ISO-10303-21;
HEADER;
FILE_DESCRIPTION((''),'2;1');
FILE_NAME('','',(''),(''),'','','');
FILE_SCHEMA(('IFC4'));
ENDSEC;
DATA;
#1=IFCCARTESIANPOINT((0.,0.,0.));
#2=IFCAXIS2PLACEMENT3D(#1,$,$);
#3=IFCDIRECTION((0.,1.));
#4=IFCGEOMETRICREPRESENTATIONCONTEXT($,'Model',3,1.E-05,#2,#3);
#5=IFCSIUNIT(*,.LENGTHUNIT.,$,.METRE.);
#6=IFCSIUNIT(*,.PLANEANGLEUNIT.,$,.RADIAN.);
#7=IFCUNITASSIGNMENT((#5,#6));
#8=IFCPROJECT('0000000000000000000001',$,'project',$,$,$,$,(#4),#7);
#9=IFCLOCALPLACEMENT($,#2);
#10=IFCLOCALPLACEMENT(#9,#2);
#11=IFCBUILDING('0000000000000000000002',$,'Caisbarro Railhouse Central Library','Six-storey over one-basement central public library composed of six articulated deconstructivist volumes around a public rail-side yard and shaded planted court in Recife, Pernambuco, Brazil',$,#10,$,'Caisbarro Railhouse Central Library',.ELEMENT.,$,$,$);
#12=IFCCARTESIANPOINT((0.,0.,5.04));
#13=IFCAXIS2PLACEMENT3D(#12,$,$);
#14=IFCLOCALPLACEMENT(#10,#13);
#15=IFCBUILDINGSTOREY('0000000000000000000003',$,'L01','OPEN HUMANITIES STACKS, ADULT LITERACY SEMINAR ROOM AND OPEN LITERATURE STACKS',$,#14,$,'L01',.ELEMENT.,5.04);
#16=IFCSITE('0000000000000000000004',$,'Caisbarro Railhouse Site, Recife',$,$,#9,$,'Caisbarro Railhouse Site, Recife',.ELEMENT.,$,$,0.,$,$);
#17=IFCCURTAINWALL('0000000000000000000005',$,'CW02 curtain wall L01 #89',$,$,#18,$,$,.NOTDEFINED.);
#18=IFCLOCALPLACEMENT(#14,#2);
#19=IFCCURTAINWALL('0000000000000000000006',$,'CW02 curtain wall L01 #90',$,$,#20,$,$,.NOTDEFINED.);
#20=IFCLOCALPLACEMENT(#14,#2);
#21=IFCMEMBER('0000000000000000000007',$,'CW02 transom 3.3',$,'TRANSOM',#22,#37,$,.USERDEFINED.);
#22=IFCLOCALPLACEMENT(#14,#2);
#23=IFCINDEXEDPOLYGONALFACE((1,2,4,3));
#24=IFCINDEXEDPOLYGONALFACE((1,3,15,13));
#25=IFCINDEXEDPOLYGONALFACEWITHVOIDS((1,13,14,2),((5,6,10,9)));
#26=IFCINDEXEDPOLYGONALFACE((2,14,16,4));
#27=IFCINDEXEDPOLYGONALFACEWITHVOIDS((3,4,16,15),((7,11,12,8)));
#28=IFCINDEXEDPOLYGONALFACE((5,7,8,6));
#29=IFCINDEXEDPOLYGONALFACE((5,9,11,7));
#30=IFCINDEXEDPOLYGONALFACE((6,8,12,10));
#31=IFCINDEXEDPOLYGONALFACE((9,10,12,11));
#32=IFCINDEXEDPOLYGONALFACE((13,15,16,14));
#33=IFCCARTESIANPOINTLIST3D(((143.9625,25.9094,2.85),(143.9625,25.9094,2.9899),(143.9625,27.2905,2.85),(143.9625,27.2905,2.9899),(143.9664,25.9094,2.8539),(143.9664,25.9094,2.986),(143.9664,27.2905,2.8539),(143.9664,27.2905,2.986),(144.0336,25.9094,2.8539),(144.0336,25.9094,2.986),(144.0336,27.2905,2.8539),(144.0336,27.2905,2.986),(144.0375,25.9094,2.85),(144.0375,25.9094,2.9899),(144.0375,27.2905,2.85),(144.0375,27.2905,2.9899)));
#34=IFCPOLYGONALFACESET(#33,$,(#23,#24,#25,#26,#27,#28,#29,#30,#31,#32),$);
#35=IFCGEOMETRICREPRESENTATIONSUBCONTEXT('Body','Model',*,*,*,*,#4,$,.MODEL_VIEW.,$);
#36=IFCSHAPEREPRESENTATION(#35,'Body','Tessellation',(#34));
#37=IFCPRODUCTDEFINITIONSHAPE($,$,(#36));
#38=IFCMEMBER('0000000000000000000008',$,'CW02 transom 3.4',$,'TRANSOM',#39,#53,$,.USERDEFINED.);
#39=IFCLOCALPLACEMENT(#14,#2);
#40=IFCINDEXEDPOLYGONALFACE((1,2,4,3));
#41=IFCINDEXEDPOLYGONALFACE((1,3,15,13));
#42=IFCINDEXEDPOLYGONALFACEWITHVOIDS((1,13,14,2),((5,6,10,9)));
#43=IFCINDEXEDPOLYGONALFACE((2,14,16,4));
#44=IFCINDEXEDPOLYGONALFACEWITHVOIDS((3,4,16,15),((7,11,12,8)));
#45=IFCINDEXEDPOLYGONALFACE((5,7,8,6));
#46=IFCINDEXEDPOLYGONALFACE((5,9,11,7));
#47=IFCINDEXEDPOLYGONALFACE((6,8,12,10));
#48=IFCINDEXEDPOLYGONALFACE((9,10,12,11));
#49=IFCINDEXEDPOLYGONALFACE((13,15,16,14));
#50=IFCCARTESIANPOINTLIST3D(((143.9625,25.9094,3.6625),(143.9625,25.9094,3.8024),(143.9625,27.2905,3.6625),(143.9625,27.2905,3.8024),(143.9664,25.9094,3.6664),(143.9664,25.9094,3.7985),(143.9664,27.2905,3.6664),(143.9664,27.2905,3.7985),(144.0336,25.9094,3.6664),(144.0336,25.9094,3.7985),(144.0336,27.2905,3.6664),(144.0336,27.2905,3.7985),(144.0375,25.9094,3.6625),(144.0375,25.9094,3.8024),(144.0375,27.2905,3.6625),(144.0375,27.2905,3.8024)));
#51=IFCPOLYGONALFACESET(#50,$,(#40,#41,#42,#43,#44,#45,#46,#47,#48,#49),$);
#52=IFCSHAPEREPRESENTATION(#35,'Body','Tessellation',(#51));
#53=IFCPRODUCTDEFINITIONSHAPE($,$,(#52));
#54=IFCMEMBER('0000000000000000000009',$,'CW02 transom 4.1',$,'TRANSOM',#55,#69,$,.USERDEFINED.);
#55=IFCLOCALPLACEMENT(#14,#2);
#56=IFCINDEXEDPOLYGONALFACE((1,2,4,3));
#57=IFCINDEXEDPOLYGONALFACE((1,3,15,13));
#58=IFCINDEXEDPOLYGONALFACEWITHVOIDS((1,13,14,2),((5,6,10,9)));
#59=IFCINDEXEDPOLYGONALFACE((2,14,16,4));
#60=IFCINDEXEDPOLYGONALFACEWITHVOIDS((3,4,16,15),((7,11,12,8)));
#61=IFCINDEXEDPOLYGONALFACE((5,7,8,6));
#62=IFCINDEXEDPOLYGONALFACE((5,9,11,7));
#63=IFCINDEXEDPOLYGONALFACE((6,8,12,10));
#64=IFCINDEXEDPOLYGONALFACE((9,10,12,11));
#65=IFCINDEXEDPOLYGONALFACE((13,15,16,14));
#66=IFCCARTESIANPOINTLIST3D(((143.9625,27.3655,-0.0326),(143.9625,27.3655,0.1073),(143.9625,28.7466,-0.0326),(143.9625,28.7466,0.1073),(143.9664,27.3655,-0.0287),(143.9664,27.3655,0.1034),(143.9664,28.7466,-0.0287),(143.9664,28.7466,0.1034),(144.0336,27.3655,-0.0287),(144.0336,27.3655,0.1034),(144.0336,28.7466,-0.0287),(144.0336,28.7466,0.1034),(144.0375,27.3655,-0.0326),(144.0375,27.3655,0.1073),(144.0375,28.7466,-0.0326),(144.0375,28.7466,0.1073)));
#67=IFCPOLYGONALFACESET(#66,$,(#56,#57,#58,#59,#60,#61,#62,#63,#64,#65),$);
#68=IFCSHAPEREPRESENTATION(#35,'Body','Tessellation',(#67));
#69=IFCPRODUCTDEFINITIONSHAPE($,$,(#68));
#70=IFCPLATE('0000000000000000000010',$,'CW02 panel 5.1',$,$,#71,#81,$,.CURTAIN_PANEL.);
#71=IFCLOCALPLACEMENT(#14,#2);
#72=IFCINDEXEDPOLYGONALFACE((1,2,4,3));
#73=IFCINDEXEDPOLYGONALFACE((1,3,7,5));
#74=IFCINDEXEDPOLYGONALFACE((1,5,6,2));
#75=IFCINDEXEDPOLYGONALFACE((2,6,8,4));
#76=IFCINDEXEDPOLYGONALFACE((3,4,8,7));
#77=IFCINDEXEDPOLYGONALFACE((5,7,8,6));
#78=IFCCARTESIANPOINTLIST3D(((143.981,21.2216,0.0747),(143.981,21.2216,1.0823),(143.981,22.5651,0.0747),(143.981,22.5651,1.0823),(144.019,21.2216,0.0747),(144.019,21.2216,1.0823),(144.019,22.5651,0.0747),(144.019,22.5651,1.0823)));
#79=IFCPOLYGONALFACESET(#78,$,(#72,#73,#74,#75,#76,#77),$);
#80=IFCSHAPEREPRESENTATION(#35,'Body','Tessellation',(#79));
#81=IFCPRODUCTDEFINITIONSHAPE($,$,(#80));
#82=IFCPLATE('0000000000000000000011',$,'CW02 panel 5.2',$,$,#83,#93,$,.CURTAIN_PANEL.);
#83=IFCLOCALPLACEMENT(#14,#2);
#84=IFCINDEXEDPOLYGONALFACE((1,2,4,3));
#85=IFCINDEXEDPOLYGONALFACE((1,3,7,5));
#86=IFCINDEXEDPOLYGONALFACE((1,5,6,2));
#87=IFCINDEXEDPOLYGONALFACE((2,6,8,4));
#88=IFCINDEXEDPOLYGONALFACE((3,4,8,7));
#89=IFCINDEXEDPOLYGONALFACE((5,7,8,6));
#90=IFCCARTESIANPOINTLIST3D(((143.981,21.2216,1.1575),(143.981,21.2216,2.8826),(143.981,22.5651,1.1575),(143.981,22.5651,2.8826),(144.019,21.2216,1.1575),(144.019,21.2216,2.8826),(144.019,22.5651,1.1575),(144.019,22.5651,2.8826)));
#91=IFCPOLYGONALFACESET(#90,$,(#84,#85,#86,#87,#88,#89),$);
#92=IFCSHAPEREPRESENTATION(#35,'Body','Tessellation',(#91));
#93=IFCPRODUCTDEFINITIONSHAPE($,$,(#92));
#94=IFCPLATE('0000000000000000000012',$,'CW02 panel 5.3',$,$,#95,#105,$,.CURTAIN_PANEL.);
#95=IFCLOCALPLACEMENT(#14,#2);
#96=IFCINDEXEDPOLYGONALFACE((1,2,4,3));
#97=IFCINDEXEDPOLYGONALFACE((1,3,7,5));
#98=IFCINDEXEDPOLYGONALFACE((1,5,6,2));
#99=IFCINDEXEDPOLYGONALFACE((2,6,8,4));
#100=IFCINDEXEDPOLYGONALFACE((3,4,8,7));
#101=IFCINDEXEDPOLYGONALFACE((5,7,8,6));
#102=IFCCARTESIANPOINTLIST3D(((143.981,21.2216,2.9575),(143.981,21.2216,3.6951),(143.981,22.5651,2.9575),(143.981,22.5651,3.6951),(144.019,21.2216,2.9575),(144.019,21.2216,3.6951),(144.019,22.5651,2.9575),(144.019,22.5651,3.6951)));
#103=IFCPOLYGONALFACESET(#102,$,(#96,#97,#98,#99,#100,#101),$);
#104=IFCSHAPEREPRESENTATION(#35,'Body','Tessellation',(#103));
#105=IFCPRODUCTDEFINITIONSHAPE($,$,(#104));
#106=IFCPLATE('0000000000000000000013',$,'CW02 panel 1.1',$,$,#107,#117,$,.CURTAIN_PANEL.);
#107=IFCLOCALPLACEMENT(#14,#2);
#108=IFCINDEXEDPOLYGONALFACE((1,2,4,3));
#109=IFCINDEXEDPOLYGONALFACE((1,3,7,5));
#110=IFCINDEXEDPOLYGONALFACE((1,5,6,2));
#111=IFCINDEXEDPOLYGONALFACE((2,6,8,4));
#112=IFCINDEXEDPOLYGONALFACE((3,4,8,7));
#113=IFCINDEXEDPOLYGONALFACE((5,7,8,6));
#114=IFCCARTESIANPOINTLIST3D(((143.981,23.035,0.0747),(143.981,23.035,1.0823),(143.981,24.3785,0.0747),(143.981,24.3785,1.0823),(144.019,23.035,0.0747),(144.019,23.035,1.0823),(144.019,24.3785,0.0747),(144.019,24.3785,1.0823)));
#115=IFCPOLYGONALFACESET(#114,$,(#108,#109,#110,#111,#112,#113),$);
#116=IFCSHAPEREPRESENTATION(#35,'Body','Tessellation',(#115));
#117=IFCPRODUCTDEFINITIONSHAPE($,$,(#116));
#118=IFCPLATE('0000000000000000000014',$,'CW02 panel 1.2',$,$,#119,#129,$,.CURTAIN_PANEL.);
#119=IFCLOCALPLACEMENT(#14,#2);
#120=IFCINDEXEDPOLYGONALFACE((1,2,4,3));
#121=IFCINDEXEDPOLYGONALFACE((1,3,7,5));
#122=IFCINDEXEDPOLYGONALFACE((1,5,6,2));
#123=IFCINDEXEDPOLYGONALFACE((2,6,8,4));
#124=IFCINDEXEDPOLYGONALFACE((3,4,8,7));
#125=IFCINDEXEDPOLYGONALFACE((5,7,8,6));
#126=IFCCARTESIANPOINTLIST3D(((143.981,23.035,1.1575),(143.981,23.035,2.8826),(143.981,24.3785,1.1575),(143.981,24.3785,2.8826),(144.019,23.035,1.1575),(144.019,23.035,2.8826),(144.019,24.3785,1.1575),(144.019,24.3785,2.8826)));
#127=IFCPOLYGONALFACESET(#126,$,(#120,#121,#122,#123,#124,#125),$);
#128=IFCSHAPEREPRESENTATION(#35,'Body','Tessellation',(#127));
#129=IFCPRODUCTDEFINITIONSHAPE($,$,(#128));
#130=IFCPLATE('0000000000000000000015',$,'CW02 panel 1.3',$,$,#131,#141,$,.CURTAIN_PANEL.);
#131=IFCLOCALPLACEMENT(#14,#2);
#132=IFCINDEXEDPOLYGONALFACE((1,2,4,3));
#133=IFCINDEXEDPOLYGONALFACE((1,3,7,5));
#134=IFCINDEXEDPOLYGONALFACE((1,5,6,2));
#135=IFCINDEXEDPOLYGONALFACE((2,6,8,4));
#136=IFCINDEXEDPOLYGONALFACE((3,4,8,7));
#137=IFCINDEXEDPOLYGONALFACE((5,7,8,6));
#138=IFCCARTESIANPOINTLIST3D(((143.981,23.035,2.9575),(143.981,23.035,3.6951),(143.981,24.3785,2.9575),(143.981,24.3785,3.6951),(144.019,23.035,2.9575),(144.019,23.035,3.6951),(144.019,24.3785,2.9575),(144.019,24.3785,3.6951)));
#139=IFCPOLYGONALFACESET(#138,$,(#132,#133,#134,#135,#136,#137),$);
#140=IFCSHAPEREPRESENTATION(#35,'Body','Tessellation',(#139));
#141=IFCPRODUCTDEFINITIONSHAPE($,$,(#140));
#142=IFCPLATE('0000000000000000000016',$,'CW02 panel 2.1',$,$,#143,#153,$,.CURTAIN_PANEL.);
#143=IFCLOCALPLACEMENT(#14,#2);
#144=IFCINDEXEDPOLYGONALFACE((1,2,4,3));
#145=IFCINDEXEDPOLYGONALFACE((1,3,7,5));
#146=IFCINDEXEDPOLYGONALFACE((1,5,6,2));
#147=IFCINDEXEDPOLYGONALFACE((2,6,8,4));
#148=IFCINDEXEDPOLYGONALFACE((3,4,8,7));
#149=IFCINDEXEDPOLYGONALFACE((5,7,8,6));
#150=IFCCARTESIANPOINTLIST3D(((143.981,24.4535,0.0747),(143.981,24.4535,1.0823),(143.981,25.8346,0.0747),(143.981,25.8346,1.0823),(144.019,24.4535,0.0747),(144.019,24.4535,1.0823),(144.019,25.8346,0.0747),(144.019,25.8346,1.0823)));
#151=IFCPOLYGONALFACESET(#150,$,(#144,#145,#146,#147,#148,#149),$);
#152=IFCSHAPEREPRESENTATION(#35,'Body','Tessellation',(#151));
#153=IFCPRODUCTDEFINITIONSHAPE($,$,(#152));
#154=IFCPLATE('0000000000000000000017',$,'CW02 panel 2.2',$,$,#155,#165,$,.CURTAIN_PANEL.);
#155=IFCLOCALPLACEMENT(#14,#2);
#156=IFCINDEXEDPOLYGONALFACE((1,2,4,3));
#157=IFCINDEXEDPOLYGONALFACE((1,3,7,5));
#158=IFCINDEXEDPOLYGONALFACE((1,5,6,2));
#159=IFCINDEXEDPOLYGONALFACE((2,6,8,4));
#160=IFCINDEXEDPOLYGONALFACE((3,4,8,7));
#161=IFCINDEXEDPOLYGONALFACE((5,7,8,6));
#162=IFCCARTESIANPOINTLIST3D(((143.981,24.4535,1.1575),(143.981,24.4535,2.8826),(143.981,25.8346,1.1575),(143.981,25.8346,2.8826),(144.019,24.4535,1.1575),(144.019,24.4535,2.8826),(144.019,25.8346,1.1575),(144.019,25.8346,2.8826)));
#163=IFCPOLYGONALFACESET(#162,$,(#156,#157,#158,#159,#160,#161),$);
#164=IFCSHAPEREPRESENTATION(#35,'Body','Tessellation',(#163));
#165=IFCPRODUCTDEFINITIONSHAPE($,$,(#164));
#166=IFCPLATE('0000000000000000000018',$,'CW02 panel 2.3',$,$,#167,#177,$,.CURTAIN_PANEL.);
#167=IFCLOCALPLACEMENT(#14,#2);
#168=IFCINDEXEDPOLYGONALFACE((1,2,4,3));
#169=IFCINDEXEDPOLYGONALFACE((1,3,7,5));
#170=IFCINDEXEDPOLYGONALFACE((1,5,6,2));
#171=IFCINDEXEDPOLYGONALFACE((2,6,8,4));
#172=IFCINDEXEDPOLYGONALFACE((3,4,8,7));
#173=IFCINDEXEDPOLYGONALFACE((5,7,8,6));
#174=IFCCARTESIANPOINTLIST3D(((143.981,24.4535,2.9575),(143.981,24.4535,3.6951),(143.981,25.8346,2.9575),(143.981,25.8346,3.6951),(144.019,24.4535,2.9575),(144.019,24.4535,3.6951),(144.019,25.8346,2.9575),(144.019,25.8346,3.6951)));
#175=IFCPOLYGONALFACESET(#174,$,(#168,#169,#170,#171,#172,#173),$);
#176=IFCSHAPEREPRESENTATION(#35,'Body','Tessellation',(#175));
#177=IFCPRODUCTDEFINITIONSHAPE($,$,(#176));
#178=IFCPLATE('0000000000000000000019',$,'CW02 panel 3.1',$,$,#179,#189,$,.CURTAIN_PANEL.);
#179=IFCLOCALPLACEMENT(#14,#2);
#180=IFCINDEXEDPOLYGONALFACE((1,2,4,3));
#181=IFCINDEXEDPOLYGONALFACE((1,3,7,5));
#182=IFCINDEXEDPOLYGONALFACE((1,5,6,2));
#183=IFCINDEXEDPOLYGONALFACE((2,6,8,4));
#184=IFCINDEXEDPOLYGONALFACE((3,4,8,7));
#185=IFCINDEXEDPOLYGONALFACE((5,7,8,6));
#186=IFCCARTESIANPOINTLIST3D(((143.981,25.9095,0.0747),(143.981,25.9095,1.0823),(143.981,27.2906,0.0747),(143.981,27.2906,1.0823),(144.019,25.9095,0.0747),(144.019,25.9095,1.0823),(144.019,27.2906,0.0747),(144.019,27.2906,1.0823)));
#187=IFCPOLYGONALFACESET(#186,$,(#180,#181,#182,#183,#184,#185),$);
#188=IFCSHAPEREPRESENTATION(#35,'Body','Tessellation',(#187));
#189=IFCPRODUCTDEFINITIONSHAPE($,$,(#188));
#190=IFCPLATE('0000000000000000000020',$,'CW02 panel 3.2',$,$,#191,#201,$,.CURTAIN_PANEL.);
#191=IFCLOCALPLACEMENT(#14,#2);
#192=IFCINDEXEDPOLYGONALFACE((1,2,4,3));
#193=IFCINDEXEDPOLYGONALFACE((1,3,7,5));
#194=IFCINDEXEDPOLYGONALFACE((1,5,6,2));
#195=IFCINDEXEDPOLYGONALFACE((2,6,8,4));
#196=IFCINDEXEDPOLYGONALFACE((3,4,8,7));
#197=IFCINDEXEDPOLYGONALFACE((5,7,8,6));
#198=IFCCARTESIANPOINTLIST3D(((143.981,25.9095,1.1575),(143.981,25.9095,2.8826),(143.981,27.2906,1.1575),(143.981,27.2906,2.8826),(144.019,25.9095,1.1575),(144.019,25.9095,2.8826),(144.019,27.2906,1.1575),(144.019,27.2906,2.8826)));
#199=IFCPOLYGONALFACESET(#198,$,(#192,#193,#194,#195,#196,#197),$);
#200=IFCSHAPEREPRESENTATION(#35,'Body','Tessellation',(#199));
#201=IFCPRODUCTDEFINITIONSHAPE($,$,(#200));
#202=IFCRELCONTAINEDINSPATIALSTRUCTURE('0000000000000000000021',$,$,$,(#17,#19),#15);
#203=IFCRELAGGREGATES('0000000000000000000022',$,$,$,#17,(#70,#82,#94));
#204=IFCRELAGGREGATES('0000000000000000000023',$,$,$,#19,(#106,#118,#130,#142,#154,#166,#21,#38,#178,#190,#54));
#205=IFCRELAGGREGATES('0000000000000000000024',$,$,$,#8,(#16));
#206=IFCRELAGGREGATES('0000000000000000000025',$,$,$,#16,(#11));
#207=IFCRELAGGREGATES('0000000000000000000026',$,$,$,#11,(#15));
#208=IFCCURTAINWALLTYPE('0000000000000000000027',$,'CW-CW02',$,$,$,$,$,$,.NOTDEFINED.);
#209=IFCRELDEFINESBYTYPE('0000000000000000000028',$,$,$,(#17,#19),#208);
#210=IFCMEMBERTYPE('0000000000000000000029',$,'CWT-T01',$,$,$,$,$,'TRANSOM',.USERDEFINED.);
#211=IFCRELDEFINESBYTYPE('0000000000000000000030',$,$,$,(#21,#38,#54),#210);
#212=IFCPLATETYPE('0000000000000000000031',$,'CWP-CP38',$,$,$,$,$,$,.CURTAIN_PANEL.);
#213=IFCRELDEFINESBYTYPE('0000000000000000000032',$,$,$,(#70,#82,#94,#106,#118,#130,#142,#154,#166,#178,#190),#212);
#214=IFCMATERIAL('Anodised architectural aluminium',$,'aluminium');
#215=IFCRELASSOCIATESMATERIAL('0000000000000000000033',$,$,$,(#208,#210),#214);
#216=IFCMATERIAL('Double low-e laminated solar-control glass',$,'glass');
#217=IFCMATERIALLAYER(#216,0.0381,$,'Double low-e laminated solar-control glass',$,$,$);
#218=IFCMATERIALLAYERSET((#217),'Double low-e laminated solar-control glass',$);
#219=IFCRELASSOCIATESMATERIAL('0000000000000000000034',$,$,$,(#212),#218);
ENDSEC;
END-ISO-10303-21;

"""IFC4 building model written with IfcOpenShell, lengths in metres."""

from ifc_helpers import new_model, si_unit, direction, frame, origin, origin_2d, place, context, subcontext, project, spatial, rectangle, hollow_rectangle, extrude, material, layer, layer_set, material_profile, profile_set, type_object, element, aggregate, save


model = new_model("IFC4")

# Units and contexts
model_context = context("Model", 3, precision=1e-05, world=origin(), true_north=direction((0.0, 1.0)))
body_context = subcontext(model_context, "Body", "Model", "MODEL_VIEW")
ifc_project = project(units=[si_unit("LENGTHUNIT", "METRE"), si_unit("PLANEANGLEUNIT", "RADIAN")], contexts=[model_context])

# Site, building, storey
site_placement = place(None, origin())
site = spatial("IfcSite", under=ifc_project, at=site_placement, Name="Caisbarro Railhouse Site, Recife", LongName="Caisbarro Railhouse Site, Recife", CompositionType="ELEMENT", RefElevation=0.0)
building_placement = place(site_placement, origin())
building = spatial("IfcBuilding", under=site, at=building_placement, Name="Caisbarro Railhouse Central Library", Description="Six-storey over one-basement central public library composed of six articulated deconstructivist volumes around a public rail-side yard and shaded planted court in Recife, Pernambuco, Brazil", LongName="Caisbarro Railhouse Central Library", CompositionType="ELEMENT")
storey_placement = place(building_placement, frame((0.0, 0.0, 5.04)))
storey = spatial("IfcBuildingStorey", under=building, at=storey_placement, Name="L01", Description="OPEN HUMANITIES STACKS, ADULT LITERACY SEMINAR ROOM AND OPEN LITERATURE STACKS", LongName="L01", CompositionType="ELEMENT", Elevation=5.04)

# Curtain wall
ifc_material_1 = material(Name="Anodised architectural aluminium", Category="aluminium")
curtain_wall_type = type_object("IfcCurtainWallType", Name="CW-CW02", PredefinedType="NOTDEFINED", material=ifc_material_1)
curtain_wall_1_placement = place(storey_placement, origin())
curtain_wall_1 = element("IfcCurtainWall", 1, at=curtain_wall_1_placement, inside=storey, type_object=curtain_wall_type, Name="CW02 curtain wall L01 #89", PredefinedType="NOTDEFINED")

# Curtain wall
curtain_wall_2_placement = place(storey_placement, origin())
curtain_wall_2 = element("IfcCurtainWall", 2, at=curtain_wall_2_placement, inside=storey, type_object=curtain_wall_type, Name="CW02 curtain wall L01 #90", PredefinedType="NOTDEFINED")

# Members
ifc_material_profile_1 = material_profile(ifc_material_1, hollow_rectangle(XDim=0.075, YDim=0.1399, WallThickness=0.0039, at=origin_2d()), Name="ALU-TRN-75X140")
ifc_profile_set_1 = profile_set([ifc_material_profile_1], Name="Anodised architectural aluminium")
member_type_1 = type_object("IfcMemberType", Name="CWT-T01", ElementType="TRANSOM", PredefinedType="USERDEFINED", material=ifc_profile_set_1)
member_1_placement = place(storey_placement, frame((144.0, 25.9094, 2.9199), z_axis=(0.0, 1.0, 0.0), x_axis=(-1.0, 0.0, 0.0)))
member_1 = element("IfcMember", 3, at=member_1_placement, type_object=member_type_1, Name="CW02 transom 3.3", ObjectType="TRANSOM", PredefinedType="USERDEFINED", context=body_context, shape_type="SweptSolid", body=[
    extrude(hollow_rectangle(XDim=0.075, YDim=0.1399, WallThickness=0.0039, at=origin_2d()), origin(), (0.0, 0.0, 1.0), 1.3811),
])
member_2_placement = place(storey_placement, frame((144.0, 25.9094, 3.7324), z_axis=(0.0, 1.0, 0.0), x_axis=(-1.0, 0.0, 0.0)))
member_2 = element("IfcMember", 4, at=member_2_placement, type_object=member_type_1, Name="CW02 transom 3.4", ObjectType="TRANSOM", PredefinedType="USERDEFINED", context=body_context, shape_type="SweptSolid", body=[
    extrude(hollow_rectangle(XDim=0.075, YDim=0.1399, WallThickness=0.0039, at=origin_2d()), origin(), (0.0, 0.0, 1.0), 1.3811),
])
member_3_placement = place(storey_placement, frame((144.0, 27.3655, 0.0374), z_axis=(0.0, 1.0, 0.0), x_axis=(-1.0, 0.0, 0.0)))
member_3 = element("IfcMember", 5, at=member_3_placement, type_object=member_type_1, Name="CW02 transom 4.1", ObjectType="TRANSOM", PredefinedType="USERDEFINED", context=body_context, shape_type="SweptSolid", body=[
    extrude(hollow_rectangle(XDim=0.075, YDim=0.1399, WallThickness=0.0039, at=origin_2d()), origin(), (0.0, 0.0, 1.0), 1.3811),
])

# Plates
ifc_material_2 = material(Name="Double low-e laminated solar-control glass", Category="glass")
ifc_layer = layer(ifc_material_2, 0.0381, Name="Double low-e laminated solar-control glass")
ifc_layer_set = layer_set([ifc_layer], Name="Double low-e laminated solar-control glass")
plate_type = type_object("IfcPlateType", Name="CWP-CP38", PredefinedType="CURTAIN_PANEL", material=ifc_layer_set)
plate_1_placement = place(storey_placement, frame((144.0, 21.8933, 0.0747), z_axis=(0.0, 0.0, 1.0), x_axis=(0.0, 1.0, 0.0)))
plate_1 = element("IfcPlate", 6, at=plate_1_placement, type_object=plate_type, Name="CW02 panel 5.1", PredefinedType="CURTAIN_PANEL", context=body_context, shape_type="SweptSolid", body=[
    extrude(rectangle(XDim=1.3435, YDim=0.0381, at=origin_2d()), origin(), (0.0, 0.0, 1.0), 1.0076),
])
plate_2_placement = place(storey_placement, frame((144.0, 21.8933, 1.1575), z_axis=(0.0, 0.0, 1.0), x_axis=(0.0, 1.0, 0.0)))
plate_2 = element("IfcPlate", 7, at=plate_2_placement, type_object=plate_type, Name="CW02 panel 5.2", PredefinedType="CURTAIN_PANEL", context=body_context, shape_type="SweptSolid", body=[
    extrude(rectangle(XDim=1.3435, YDim=0.0381, at=origin_2d()), origin(), (0.0, 0.0, 1.0), 1.7251),
])
plate_3_placement = place(storey_placement, frame((144.0, 21.8933, 2.9575), z_axis=(0.0, 0.0, 1.0), x_axis=(0.0, 1.0, 0.0)))
plate_3 = element("IfcPlate", 8, at=plate_3_placement, type_object=plate_type, Name="CW02 panel 5.3", PredefinedType="CURTAIN_PANEL", context=body_context, shape_type="SweptSolid", body=[
    extrude(rectangle(XDim=1.3435, YDim=0.0381, at=origin_2d()), origin(), (0.0, 0.0, 1.0), 0.7375),
])
aggregate(curtain_wall_1, [plate_1, plate_2, plate_3])
plate_4_placement = place(storey_placement, frame((144.0, 23.7068, 0.0747), z_axis=(0.0, 0.0, 1.0), x_axis=(0.0, 1.0, 0.0)))
plate_4 = element("IfcPlate", 9, at=plate_4_placement, type_object=plate_type, Name="CW02 panel 1.1", PredefinedType="CURTAIN_PANEL", context=body_context, shape_type="SweptSolid", body=[
    extrude(rectangle(XDim=1.3435, YDim=0.0381, at=origin_2d()), origin(), (0.0, 0.0, 1.0), 1.0076),
])
plate_5_placement = place(storey_placement, frame((144.0, 23.7068, 1.1575), z_axis=(0.0, 0.0, 1.0), x_axis=(0.0, 1.0, 0.0)))
plate_5 = element("IfcPlate", 10, at=plate_5_placement, type_object=plate_type, Name="CW02 panel 1.2", PredefinedType="CURTAIN_PANEL", context=body_context, shape_type="SweptSolid", body=[
    extrude(rectangle(XDim=1.3435, YDim=0.0381, at=origin_2d()), origin(), (0.0, 0.0, 1.0), 1.7251),
])
plate_6_placement = place(storey_placement, frame((144.0, 23.7068, 2.9575), z_axis=(0.0, 0.0, 1.0), x_axis=(0.0, 1.0, 0.0)))
plate_6 = element("IfcPlate", 11, at=plate_6_placement, type_object=plate_type, Name="CW02 panel 1.3", PredefinedType="CURTAIN_PANEL", context=body_context, shape_type="SweptSolid", body=[
    extrude(rectangle(XDim=1.3435, YDim=0.0381, at=origin_2d()), origin(), (0.0, 0.0, 1.0), 0.7375),
])
plate_7_placement = place(storey_placement, frame((144.0, 25.144, 0.0747), z_axis=(0.0, 0.0, 1.0), x_axis=(0.0, 1.0, 0.0)))
plate_7 = element("IfcPlate", 12, at=plate_7_placement, type_object=plate_type, Name="CW02 panel 2.1", PredefinedType="CURTAIN_PANEL", context=body_context, shape_type="SweptSolid", body=[
    extrude(rectangle(XDim=1.3811, YDim=0.0381, at=origin_2d()), origin(), (0.0, 0.0, 1.0), 1.0076),
])
plate_8_placement = place(storey_placement, frame((144.0, 25.144, 1.1575), z_axis=(0.0, 0.0, 1.0), x_axis=(0.0, 1.0, 0.0)))
plate_8 = element("IfcPlate", 13, at=plate_8_placement, type_object=plate_type, Name="CW02 panel 2.2", PredefinedType="CURTAIN_PANEL", context=body_context, shape_type="SweptSolid", body=[
    extrude(rectangle(XDim=1.3811, YDim=0.0381, at=origin_2d()), origin(), (0.0, 0.0, 1.0), 1.7251),
])
plate_9_placement = place(storey_placement, frame((144.0, 25.144, 2.9575), z_axis=(0.0, 0.0, 1.0), x_axis=(0.0, 1.0, 0.0)))
plate_9 = element("IfcPlate", 14, at=plate_9_placement, type_object=plate_type, Name="CW02 panel 2.3", PredefinedType="CURTAIN_PANEL", context=body_context, shape_type="SweptSolid", body=[
    extrude(rectangle(XDim=1.3811, YDim=0.0381, at=origin_2d()), origin(), (0.0, 0.0, 1.0), 0.7375),
])
plate_10_placement = place(storey_placement, frame((144.0, 26.6001, 0.0747), z_axis=(0.0, 0.0, 1.0), x_axis=(0.0, 1.0, 0.0)))
plate_10 = element("IfcPlate", 15, at=plate_10_placement, type_object=plate_type, Name="CW02 panel 3.1", PredefinedType="CURTAIN_PANEL", context=body_context, shape_type="SweptSolid", body=[
    extrude(rectangle(XDim=1.3811, YDim=0.0381, at=origin_2d()), origin(), (0.0, 0.0, 1.0), 1.0076),
])
plate_11_placement = place(storey_placement, frame((144.0, 26.6001, 1.1575), z_axis=(0.0, 0.0, 1.0), x_axis=(0.0, 1.0, 0.0)))
plate_11 = element("IfcPlate", 16, at=plate_11_placement, type_object=plate_type, Name="CW02 panel 3.2", PredefinedType="CURTAIN_PANEL", context=body_context, shape_type="SweptSolid", body=[
    extrude(rectangle(XDim=1.3811, YDim=0.0381, at=origin_2d()), origin(), (0.0, 0.0, 1.0), 1.7251),
])
aggregate(curtain_wall_2, [plate_4, plate_5, plate_6, plate_7, plate_8, plate_9, member_1, member_2, plate_10, plate_11, member_3])

save(model, "model.ifc")
